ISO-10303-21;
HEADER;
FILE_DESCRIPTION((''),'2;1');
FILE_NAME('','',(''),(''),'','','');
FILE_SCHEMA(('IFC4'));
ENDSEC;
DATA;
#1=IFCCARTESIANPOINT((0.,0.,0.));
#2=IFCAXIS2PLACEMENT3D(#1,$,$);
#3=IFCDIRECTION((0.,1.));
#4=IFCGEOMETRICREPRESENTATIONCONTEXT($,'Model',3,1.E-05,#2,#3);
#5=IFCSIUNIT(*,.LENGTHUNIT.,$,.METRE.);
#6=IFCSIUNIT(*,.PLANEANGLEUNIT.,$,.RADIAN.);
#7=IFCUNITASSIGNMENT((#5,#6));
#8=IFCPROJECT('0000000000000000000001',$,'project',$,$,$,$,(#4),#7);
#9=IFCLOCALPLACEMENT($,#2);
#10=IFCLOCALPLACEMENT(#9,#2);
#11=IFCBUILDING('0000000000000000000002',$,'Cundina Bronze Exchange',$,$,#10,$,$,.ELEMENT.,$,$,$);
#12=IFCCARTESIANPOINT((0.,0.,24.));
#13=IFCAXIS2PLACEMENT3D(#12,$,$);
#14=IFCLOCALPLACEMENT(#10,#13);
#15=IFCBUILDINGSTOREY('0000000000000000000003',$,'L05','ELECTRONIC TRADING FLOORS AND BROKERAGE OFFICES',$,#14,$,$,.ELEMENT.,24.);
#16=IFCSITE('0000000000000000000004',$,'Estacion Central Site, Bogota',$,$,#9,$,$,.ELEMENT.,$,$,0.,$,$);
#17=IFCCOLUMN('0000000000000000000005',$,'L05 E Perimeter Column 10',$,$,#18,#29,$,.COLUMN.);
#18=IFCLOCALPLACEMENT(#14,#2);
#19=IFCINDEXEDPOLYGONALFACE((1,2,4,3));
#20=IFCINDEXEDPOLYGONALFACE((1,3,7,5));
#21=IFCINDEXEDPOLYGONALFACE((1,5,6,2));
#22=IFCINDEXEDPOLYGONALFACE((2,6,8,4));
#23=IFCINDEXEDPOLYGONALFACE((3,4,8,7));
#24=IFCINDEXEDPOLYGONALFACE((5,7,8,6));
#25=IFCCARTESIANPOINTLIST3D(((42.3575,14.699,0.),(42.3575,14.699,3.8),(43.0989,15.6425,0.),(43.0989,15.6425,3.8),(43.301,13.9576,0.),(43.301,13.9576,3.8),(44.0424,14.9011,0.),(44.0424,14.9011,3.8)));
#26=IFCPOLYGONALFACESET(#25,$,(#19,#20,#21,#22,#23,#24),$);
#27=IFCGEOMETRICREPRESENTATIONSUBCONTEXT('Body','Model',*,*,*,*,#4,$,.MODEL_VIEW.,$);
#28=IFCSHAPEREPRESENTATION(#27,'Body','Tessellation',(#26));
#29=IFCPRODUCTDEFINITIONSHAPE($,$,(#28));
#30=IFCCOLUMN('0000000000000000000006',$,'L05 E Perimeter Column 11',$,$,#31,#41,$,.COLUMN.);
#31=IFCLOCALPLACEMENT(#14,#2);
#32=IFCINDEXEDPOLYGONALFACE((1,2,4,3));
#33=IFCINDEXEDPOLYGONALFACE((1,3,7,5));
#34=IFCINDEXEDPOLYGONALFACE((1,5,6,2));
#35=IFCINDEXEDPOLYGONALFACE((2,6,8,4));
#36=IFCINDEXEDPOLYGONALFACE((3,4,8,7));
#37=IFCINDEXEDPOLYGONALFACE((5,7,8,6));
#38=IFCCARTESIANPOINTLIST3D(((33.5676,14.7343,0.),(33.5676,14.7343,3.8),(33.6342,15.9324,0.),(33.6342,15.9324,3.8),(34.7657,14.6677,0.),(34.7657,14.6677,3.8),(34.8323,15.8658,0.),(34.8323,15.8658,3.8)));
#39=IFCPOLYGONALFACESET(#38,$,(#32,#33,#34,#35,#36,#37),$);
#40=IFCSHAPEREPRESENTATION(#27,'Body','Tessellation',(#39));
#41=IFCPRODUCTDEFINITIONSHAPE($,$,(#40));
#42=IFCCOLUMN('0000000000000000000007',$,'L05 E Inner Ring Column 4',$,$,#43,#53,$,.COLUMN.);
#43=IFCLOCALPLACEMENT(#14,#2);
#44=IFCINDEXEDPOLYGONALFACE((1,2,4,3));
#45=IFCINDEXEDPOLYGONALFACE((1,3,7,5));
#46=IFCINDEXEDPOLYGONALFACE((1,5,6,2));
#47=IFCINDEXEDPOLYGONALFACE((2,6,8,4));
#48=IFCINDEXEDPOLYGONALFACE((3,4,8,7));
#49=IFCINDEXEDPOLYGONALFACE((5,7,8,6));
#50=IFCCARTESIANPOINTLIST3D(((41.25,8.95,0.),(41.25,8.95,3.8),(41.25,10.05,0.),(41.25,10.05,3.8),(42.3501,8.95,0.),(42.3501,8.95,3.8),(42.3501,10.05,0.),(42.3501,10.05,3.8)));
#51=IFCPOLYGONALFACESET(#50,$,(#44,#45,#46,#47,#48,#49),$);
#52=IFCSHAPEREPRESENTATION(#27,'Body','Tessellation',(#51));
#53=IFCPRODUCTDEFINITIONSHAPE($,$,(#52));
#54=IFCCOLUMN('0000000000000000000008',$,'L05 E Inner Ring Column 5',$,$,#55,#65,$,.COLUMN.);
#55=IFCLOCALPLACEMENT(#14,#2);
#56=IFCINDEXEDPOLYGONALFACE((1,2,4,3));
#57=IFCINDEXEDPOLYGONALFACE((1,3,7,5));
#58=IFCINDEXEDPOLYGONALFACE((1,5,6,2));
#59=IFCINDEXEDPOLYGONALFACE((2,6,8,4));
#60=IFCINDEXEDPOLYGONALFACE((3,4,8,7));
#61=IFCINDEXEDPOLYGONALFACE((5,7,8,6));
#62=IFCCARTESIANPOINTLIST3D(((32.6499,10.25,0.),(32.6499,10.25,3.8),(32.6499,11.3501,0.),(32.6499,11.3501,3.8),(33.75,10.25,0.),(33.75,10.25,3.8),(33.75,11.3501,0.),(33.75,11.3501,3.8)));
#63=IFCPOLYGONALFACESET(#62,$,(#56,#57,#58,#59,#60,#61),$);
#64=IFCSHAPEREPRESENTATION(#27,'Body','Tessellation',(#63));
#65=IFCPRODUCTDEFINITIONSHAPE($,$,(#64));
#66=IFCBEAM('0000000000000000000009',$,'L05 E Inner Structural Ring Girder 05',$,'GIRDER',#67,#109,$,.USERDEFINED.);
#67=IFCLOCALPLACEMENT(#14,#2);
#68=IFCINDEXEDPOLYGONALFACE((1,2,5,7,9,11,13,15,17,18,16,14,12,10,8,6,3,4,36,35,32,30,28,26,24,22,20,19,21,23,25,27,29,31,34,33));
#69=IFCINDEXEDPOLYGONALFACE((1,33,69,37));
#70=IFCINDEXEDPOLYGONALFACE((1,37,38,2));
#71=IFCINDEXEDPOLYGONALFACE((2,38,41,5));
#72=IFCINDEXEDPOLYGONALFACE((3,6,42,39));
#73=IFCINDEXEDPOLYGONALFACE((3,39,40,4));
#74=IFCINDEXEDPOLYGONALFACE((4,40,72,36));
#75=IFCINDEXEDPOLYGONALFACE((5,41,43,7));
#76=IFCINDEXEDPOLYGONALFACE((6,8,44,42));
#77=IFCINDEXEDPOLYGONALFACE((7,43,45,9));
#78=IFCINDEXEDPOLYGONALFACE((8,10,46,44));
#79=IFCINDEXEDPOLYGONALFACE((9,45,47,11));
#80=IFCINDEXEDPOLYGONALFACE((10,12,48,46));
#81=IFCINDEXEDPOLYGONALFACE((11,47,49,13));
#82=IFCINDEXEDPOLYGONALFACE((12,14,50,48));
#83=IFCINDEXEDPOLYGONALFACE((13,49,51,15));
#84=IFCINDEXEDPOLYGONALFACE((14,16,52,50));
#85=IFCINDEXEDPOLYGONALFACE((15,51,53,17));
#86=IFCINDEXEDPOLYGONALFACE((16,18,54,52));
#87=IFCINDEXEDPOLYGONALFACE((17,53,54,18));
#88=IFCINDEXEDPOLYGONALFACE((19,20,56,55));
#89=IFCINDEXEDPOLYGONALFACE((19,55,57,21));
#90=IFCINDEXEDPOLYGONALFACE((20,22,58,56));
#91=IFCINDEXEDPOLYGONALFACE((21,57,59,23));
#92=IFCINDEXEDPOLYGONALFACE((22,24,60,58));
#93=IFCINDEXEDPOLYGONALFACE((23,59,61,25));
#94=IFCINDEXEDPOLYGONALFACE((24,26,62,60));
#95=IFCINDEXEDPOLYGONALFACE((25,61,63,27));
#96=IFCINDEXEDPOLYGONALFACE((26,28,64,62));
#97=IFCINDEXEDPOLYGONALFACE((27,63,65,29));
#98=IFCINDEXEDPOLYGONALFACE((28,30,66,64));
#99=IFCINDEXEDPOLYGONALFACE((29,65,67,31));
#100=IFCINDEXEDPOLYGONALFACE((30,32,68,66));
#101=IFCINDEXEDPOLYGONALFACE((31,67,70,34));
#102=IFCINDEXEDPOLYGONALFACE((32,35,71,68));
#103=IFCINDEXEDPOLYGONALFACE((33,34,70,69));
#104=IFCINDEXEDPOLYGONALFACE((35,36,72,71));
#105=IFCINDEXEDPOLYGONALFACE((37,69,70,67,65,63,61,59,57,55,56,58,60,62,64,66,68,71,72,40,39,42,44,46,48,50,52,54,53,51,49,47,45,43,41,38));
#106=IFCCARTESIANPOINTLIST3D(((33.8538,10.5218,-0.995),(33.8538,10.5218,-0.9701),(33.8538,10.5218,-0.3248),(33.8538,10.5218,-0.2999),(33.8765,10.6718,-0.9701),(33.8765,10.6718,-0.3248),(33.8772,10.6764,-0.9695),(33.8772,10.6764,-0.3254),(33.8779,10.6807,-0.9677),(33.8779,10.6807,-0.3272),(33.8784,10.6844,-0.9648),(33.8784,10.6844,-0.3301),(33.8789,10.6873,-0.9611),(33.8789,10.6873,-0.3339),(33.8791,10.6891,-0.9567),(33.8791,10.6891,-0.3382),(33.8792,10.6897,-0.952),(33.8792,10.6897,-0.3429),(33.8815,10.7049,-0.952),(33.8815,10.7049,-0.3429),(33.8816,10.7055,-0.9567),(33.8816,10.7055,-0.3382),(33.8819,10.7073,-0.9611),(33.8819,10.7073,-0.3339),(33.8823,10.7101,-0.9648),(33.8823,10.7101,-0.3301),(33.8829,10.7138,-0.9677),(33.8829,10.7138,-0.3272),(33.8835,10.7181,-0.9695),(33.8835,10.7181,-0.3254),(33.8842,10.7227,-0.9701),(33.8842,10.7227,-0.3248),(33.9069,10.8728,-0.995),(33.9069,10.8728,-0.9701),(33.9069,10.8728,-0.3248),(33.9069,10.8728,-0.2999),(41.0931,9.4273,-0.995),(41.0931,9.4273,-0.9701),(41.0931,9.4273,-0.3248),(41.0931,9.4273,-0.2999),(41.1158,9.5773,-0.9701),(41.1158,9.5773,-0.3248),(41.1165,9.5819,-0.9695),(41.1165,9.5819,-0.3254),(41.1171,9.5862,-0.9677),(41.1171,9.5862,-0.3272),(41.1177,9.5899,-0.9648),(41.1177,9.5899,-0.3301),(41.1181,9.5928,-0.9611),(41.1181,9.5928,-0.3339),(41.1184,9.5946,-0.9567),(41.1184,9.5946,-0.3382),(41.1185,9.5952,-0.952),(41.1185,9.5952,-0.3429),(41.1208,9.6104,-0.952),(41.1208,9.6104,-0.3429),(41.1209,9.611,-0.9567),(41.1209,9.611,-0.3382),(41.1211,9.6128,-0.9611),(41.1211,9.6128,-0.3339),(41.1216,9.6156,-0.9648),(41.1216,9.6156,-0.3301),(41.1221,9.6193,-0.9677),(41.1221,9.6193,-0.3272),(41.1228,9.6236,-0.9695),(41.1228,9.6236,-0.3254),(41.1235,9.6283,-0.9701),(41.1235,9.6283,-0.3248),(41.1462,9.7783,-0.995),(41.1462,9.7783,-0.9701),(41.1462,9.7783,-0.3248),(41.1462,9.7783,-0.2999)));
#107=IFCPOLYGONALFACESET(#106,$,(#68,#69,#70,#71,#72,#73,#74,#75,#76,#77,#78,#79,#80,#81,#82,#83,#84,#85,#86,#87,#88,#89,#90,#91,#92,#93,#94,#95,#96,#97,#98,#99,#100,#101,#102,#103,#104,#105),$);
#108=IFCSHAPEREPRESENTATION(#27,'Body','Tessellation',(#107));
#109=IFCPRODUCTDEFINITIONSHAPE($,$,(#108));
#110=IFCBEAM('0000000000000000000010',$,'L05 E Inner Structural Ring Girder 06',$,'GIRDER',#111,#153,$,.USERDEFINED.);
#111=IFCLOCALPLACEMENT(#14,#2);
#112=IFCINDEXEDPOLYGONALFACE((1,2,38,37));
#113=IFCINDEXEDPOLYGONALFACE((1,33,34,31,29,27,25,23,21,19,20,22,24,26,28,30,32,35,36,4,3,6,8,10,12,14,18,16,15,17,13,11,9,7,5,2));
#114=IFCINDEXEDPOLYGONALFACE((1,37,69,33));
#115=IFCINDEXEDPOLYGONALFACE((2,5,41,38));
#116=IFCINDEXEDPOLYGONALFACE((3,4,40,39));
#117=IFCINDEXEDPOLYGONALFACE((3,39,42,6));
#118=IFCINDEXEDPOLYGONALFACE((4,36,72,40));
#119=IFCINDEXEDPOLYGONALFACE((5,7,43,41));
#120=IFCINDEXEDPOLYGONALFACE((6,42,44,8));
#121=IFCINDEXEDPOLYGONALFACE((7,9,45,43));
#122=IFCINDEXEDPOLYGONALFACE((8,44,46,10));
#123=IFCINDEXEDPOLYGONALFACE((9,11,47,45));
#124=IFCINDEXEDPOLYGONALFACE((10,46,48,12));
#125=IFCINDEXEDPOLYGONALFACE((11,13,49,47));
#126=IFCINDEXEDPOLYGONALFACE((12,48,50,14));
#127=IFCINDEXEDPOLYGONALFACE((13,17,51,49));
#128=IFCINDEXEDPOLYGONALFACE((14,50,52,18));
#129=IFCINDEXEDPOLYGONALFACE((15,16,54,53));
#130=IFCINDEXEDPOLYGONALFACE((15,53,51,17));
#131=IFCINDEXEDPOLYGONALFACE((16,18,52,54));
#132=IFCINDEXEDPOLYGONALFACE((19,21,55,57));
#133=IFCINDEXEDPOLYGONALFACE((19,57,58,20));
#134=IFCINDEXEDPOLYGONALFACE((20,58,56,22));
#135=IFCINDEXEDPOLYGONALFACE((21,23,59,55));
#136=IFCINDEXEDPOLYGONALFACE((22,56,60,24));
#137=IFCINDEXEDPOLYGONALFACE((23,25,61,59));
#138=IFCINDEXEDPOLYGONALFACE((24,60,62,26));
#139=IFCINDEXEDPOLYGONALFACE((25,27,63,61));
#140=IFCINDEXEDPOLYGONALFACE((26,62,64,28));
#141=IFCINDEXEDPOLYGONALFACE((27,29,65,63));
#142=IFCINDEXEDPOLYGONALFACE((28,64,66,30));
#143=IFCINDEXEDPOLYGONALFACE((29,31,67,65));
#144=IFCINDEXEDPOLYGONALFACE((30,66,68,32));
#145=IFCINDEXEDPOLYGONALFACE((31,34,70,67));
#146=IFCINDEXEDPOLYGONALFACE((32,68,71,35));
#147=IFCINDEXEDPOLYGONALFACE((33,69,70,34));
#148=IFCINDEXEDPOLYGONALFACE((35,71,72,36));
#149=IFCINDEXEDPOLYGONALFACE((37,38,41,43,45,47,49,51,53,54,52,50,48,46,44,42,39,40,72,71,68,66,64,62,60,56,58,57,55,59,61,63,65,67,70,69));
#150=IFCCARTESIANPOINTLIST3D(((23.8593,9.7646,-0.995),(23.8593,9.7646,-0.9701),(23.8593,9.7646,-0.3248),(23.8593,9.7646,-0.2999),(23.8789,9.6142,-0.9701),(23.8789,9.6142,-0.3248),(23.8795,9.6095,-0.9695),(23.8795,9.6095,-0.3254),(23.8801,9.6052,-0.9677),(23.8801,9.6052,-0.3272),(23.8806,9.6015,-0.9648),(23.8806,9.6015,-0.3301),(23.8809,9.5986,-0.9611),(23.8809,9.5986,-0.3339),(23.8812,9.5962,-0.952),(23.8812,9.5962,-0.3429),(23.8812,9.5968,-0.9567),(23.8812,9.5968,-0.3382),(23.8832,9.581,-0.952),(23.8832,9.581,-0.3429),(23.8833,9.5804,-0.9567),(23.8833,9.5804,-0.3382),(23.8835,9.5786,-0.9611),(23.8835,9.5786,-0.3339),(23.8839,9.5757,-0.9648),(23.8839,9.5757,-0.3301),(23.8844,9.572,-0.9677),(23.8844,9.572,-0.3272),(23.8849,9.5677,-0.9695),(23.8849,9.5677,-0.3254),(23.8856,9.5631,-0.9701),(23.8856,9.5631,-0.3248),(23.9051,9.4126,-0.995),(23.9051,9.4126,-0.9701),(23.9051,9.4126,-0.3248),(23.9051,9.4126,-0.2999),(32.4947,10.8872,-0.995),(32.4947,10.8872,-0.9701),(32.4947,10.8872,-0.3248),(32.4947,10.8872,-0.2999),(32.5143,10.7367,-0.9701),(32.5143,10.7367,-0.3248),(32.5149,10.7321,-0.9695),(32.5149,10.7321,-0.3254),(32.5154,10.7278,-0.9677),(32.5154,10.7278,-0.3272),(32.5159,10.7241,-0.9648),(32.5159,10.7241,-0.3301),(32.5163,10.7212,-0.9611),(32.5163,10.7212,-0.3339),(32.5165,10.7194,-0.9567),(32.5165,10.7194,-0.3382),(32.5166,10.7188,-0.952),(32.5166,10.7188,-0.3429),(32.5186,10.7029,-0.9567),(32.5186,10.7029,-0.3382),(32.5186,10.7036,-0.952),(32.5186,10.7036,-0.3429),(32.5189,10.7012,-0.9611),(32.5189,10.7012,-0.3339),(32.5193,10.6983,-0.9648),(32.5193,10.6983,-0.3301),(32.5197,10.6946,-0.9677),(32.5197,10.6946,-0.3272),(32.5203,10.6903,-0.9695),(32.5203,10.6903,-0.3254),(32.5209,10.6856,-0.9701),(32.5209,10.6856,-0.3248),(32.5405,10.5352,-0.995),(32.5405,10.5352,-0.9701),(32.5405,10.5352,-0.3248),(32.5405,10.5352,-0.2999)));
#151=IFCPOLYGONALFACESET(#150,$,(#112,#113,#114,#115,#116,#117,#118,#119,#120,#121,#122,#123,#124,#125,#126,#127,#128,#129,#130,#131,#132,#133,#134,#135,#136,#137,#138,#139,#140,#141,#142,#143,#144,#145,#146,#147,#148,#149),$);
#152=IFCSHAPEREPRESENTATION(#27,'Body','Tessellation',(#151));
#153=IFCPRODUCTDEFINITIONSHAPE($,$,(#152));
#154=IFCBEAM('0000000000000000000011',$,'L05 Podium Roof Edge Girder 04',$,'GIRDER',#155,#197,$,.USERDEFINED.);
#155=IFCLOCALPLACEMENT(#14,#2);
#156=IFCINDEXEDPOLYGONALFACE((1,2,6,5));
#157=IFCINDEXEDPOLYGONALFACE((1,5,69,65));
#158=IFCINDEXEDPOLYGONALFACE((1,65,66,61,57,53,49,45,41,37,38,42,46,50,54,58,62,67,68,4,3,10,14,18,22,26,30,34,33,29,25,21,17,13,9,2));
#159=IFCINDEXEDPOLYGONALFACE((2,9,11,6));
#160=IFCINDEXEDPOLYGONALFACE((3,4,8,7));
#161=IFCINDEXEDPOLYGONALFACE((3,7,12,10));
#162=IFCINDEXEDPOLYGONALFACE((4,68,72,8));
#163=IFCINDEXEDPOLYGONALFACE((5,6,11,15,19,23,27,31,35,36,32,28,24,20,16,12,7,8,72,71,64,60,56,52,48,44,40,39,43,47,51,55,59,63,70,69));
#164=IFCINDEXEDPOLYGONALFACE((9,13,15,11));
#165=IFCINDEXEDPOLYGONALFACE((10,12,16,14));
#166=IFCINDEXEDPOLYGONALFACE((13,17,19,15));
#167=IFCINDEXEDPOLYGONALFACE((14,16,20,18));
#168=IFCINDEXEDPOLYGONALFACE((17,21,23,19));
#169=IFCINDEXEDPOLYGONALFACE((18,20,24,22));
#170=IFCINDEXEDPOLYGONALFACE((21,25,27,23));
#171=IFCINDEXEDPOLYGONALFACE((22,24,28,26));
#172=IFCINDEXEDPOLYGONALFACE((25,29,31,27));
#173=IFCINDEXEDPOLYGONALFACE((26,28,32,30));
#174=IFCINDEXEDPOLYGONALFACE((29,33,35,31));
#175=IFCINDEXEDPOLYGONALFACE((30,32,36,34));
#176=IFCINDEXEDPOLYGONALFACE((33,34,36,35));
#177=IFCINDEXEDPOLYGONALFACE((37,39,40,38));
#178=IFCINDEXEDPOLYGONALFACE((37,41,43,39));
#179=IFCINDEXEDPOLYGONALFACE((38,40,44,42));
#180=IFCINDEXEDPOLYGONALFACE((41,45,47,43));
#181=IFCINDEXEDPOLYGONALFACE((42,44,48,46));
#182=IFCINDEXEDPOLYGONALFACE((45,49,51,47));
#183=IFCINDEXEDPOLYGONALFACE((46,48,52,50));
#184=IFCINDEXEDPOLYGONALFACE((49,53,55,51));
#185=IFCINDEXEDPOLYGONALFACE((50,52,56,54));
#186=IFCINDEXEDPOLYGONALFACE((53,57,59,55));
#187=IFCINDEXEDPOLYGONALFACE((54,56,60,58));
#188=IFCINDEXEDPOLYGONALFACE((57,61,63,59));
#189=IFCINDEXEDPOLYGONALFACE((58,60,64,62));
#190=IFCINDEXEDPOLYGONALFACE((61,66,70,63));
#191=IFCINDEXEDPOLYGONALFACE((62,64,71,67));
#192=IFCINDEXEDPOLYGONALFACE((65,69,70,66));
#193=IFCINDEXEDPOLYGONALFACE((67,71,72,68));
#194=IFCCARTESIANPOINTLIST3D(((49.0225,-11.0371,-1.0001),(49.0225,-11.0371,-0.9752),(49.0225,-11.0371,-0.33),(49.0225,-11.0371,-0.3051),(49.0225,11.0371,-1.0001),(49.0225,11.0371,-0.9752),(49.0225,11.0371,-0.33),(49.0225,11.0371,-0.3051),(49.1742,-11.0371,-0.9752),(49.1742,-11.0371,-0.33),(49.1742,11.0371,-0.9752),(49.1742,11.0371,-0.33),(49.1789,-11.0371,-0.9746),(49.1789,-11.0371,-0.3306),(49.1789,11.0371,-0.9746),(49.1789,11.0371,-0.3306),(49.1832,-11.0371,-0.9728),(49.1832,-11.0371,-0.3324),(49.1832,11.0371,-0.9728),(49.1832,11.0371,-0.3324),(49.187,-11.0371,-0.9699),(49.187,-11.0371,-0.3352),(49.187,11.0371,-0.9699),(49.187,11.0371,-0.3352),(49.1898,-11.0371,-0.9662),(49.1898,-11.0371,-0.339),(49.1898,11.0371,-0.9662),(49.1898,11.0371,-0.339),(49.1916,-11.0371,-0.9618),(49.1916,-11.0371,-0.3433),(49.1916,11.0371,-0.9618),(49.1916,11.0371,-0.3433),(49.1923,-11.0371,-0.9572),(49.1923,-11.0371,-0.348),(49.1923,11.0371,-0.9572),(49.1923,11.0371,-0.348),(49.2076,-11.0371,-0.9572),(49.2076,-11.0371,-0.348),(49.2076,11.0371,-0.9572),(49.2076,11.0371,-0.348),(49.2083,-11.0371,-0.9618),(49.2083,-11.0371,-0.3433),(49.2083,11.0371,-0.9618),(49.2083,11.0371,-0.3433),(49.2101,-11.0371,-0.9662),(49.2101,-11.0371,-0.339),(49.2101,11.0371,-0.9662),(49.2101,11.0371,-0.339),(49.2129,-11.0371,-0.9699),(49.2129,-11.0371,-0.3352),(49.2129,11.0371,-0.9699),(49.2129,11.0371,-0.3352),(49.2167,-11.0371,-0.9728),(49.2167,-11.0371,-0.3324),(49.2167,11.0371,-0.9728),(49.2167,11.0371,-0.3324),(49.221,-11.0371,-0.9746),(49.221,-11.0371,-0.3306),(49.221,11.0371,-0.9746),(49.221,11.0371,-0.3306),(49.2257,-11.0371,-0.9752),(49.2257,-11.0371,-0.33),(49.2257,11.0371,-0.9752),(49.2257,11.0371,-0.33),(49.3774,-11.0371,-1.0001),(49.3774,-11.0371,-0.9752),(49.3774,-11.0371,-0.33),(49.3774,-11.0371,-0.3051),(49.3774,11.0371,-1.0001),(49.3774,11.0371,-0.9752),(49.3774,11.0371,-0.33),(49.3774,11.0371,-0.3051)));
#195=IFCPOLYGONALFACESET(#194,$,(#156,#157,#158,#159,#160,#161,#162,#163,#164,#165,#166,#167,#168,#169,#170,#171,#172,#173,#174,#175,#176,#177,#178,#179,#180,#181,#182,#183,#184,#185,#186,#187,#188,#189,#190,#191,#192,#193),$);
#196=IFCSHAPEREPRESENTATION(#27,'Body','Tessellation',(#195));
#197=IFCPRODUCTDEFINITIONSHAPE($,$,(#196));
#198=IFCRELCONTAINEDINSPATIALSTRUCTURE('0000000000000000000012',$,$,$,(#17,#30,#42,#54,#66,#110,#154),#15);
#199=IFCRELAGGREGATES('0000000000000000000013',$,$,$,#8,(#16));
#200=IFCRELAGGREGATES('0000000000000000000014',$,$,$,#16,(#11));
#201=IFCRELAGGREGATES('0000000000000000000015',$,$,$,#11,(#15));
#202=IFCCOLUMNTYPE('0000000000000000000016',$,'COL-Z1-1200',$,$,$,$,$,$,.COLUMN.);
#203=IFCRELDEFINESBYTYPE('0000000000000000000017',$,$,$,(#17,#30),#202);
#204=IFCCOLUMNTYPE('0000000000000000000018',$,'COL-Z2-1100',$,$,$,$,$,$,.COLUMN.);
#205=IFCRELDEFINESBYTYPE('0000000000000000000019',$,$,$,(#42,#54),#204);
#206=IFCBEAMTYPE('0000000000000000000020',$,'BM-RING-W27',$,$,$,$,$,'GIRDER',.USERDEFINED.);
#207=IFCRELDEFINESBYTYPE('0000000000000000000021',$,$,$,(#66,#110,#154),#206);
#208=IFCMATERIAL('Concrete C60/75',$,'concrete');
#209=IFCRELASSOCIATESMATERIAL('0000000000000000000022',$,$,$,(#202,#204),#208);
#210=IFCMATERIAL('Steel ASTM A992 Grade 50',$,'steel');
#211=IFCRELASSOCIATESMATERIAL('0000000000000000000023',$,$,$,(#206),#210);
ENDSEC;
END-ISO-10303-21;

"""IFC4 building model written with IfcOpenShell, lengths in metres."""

from ifc_helpers import new_model, si_unit, direction, frame, origin, origin_2d, place, context, subcontext, project, spatial, rectangle, i_section, extrude, material, material_profile, profile_set, type_object, element, save


model = new_model("IFC4")

# Units and contexts
model_context = context("Model", 3, precision=1e-05, world=origin(), true_north=direction((0.0, 1.0)))
body_context = subcontext(model_context, "Body", "Model", "MODEL_VIEW")
ifc_project = project(units=[si_unit("LENGTHUNIT", "METRE"), si_unit("PLANEANGLEUNIT", "RADIAN")], contexts=[model_context])

# Site, building, storey
site_placement = place(None, origin())
site = spatial("IfcSite", under=ifc_project, at=site_placement, Name="Estacion Central Site, Bogota", CompositionType="ELEMENT", RefElevation=0.0)
building_placement = place(site_placement, origin())
building = spatial("IfcBuilding", under=site, at=building_placement, Name="Cundina Bronze Exchange", CompositionType="ELEMENT")
storey_placement = place(building_placement, frame((0.0, 0.0, 24.0)))
storey = spatial("IfcBuildingStorey", under=building, at=storey_placement, Name="L05", Description="ELECTRONIC TRADING FLOORS AND BROKERAGE OFFICES", CompositionType="ELEMENT", Elevation=24.0)

# Columns
ifc_material_1 = material(Name="Concrete C60/75", Category="concrete")
ifc_material_profile_1 = material_profile(ifc_material_1, rectangle(XDim=1.2, YDim=1.2, at=origin_2d()), Name="RC1200X1200", Category="concrete")
ifc_profile_set_1 = profile_set([ifc_material_profile_1], Name="Concrete C60/75")
column_type_1 = type_object("IfcColumnType", Name="COL-Z1-1200", PredefinedType="COLUMN", material=ifc_profile_set_1)
for number, where, z_axis, x_axis, name in (
    (1, (43.2, 14.8, 0.0), (0.0, 0.0, 1.0), (-0.786288, 0.61786, 0.0), "L05 E Perimeter Column 10"),
    (2, (34.2, 15.3, 0.0), (0.0, 0.0, 1.0), (-0.99846, 0.055473, 0.0), "L05 E Perimeter Column 11"),
):
    element("IfcColumn", number, at=place(storey_placement, frame(where, z_axis=z_axis, x_axis=x_axis)), inside=storey, type_object=column_type_1, Name=name, PredefinedType="COLUMN", context=body_context, shape_type="SweptSolid", body=[
        extrude(rectangle(XDim=1.2, YDim=1.2, at=origin_2d()), origin(), (0.0, 0.0, 1.0), 3.8),
    ])
ifc_material_profile_2 = material_profile(ifc_material_1, rectangle(XDim=1.1001, YDim=1.1001, at=origin_2d()), Name="RC1100X1100", Category="concrete")
ifc_profile_set_2 = profile_set([ifc_material_profile_2], Name="Concrete C60/75")
column_type_2 = type_object("IfcColumnType", Name="COL-Z2-1100", PredefinedType="COLUMN", material=ifc_profile_set_2)
for number, where, z_axis, x_axis, name in (
    (3, (41.8, 9.5, 0.0), (0.0, 0.0, 1.0), (1.0, 0.0, 0.0), "L05 E Inner Ring Column 4"),
    (4, (33.2, 10.8, 0.0), (0.0, 0.0, 1.0), (1.0, 0.0, 0.0), "L05 E Inner Ring Column 5"),
):
    element("IfcColumn", number, at=place(storey_placement, frame(where, z_axis=z_axis, x_axis=x_axis)), inside=storey, type_object=column_type_2, Name=name, PredefinedType="COLUMN", context=body_context, shape_type="SweptSolid", body=[
        extrude(rectangle(XDim=1.1001, YDim=1.1001, at=origin_2d()), origin(), (0.0, 0.0, 1.0), 3.8),
    ])

# Beams
ifc_material_2 = material(Name="Steel ASTM A992 Grade 50", Category="steel")
ifc_material_profile_3 = material_profile(ifc_material_2, i_section(OverallWidth=0.355, OverallDepth=0.6951, WebThickness=0.0154, FlangeThickness=0.0249, FilletRadius=0.0181, at=origin_2d()), Name="W27X146", Category="steel")
ifc_profile_set_3 = profile_set([ifc_material_profile_3], Name="Steel ASTM A992 Grade 50")
beam_type_1 = type_object("IfcBeamType", Name="BM-RING-W27", ElementType="GIRDER", PredefinedType="USERDEFINED", material=ifc_profile_set_3)
beam_1_placement = place(storey_placement, frame((41.1196, 9.6028, -0.6475), z_axis=(-0.988763, 0.149488, 0.0), x_axis=(-0.149488, -0.988763, 0.0)))
element("IfcBeam", 5, at=beam_1_placement, inside=storey, type_object=beam_type_1, Name="L05 E Inner Structural Ring Girder 05", ObjectType="GIRDER", PredefinedType="USERDEFINED", context=body_context, shape_type="SweptSolid", body=[
    extrude(i_section(OverallWidth=0.355, OverallDepth=0.6951, WebThickness=0.0154, FlangeThickness=0.0249, FilletRadius=0.0181, at=origin_2d()), origin(), (0.0, 0.0, 1.0), 7.3215),
])
beam_2_placement = place(storey_placement, frame((32.5176, 10.7112, -0.6475), z_axis=(-0.991656, -0.128912, 0.0), x_axis=(0.128912, -0.991656, 0.0)))
element("IfcBeam", 6, at=beam_2_placement, inside=storey, type_object=beam_type_1, Name="L05 E Inner Structural Ring Girder 06", ObjectType="GIRDER", PredefinedType="USERDEFINED", context=body_context, shape_type="SweptSolid", body=[
    extrude(i_section(OverallWidth=0.355, OverallDepth=0.6951, WebThickness=0.0154, FlangeThickness=0.0249, FilletRadius=0.0181, at=origin_2d()), origin(), (0.0, 0.0, 1.0), 8.708),
])
beam_3_placement = place(storey_placement, frame((49.2, 11.0371, -0.6526), z_axis=(0.0, -1.0, 0.0), x_axis=(1.0, 0.0, 0.0)))
element("IfcBeam", 7, at=beam_3_placement, inside=storey, type_object=beam_type_1, Name="L05 Podium Roof Edge Girder 04", ObjectType="GIRDER", PredefinedType="USERDEFINED", context=body_context, shape_type="SweptSolid", body=[
    extrude(i_section(OverallWidth=0.355, OverallDepth=0.6951, WebThickness=0.0154, FlangeThickness=0.0249, FilletRadius=0.0181, at=origin_2d()), origin(), (0.0, 0.0, 1.0), 22.0742),
])

save(model, "model.ifc")
